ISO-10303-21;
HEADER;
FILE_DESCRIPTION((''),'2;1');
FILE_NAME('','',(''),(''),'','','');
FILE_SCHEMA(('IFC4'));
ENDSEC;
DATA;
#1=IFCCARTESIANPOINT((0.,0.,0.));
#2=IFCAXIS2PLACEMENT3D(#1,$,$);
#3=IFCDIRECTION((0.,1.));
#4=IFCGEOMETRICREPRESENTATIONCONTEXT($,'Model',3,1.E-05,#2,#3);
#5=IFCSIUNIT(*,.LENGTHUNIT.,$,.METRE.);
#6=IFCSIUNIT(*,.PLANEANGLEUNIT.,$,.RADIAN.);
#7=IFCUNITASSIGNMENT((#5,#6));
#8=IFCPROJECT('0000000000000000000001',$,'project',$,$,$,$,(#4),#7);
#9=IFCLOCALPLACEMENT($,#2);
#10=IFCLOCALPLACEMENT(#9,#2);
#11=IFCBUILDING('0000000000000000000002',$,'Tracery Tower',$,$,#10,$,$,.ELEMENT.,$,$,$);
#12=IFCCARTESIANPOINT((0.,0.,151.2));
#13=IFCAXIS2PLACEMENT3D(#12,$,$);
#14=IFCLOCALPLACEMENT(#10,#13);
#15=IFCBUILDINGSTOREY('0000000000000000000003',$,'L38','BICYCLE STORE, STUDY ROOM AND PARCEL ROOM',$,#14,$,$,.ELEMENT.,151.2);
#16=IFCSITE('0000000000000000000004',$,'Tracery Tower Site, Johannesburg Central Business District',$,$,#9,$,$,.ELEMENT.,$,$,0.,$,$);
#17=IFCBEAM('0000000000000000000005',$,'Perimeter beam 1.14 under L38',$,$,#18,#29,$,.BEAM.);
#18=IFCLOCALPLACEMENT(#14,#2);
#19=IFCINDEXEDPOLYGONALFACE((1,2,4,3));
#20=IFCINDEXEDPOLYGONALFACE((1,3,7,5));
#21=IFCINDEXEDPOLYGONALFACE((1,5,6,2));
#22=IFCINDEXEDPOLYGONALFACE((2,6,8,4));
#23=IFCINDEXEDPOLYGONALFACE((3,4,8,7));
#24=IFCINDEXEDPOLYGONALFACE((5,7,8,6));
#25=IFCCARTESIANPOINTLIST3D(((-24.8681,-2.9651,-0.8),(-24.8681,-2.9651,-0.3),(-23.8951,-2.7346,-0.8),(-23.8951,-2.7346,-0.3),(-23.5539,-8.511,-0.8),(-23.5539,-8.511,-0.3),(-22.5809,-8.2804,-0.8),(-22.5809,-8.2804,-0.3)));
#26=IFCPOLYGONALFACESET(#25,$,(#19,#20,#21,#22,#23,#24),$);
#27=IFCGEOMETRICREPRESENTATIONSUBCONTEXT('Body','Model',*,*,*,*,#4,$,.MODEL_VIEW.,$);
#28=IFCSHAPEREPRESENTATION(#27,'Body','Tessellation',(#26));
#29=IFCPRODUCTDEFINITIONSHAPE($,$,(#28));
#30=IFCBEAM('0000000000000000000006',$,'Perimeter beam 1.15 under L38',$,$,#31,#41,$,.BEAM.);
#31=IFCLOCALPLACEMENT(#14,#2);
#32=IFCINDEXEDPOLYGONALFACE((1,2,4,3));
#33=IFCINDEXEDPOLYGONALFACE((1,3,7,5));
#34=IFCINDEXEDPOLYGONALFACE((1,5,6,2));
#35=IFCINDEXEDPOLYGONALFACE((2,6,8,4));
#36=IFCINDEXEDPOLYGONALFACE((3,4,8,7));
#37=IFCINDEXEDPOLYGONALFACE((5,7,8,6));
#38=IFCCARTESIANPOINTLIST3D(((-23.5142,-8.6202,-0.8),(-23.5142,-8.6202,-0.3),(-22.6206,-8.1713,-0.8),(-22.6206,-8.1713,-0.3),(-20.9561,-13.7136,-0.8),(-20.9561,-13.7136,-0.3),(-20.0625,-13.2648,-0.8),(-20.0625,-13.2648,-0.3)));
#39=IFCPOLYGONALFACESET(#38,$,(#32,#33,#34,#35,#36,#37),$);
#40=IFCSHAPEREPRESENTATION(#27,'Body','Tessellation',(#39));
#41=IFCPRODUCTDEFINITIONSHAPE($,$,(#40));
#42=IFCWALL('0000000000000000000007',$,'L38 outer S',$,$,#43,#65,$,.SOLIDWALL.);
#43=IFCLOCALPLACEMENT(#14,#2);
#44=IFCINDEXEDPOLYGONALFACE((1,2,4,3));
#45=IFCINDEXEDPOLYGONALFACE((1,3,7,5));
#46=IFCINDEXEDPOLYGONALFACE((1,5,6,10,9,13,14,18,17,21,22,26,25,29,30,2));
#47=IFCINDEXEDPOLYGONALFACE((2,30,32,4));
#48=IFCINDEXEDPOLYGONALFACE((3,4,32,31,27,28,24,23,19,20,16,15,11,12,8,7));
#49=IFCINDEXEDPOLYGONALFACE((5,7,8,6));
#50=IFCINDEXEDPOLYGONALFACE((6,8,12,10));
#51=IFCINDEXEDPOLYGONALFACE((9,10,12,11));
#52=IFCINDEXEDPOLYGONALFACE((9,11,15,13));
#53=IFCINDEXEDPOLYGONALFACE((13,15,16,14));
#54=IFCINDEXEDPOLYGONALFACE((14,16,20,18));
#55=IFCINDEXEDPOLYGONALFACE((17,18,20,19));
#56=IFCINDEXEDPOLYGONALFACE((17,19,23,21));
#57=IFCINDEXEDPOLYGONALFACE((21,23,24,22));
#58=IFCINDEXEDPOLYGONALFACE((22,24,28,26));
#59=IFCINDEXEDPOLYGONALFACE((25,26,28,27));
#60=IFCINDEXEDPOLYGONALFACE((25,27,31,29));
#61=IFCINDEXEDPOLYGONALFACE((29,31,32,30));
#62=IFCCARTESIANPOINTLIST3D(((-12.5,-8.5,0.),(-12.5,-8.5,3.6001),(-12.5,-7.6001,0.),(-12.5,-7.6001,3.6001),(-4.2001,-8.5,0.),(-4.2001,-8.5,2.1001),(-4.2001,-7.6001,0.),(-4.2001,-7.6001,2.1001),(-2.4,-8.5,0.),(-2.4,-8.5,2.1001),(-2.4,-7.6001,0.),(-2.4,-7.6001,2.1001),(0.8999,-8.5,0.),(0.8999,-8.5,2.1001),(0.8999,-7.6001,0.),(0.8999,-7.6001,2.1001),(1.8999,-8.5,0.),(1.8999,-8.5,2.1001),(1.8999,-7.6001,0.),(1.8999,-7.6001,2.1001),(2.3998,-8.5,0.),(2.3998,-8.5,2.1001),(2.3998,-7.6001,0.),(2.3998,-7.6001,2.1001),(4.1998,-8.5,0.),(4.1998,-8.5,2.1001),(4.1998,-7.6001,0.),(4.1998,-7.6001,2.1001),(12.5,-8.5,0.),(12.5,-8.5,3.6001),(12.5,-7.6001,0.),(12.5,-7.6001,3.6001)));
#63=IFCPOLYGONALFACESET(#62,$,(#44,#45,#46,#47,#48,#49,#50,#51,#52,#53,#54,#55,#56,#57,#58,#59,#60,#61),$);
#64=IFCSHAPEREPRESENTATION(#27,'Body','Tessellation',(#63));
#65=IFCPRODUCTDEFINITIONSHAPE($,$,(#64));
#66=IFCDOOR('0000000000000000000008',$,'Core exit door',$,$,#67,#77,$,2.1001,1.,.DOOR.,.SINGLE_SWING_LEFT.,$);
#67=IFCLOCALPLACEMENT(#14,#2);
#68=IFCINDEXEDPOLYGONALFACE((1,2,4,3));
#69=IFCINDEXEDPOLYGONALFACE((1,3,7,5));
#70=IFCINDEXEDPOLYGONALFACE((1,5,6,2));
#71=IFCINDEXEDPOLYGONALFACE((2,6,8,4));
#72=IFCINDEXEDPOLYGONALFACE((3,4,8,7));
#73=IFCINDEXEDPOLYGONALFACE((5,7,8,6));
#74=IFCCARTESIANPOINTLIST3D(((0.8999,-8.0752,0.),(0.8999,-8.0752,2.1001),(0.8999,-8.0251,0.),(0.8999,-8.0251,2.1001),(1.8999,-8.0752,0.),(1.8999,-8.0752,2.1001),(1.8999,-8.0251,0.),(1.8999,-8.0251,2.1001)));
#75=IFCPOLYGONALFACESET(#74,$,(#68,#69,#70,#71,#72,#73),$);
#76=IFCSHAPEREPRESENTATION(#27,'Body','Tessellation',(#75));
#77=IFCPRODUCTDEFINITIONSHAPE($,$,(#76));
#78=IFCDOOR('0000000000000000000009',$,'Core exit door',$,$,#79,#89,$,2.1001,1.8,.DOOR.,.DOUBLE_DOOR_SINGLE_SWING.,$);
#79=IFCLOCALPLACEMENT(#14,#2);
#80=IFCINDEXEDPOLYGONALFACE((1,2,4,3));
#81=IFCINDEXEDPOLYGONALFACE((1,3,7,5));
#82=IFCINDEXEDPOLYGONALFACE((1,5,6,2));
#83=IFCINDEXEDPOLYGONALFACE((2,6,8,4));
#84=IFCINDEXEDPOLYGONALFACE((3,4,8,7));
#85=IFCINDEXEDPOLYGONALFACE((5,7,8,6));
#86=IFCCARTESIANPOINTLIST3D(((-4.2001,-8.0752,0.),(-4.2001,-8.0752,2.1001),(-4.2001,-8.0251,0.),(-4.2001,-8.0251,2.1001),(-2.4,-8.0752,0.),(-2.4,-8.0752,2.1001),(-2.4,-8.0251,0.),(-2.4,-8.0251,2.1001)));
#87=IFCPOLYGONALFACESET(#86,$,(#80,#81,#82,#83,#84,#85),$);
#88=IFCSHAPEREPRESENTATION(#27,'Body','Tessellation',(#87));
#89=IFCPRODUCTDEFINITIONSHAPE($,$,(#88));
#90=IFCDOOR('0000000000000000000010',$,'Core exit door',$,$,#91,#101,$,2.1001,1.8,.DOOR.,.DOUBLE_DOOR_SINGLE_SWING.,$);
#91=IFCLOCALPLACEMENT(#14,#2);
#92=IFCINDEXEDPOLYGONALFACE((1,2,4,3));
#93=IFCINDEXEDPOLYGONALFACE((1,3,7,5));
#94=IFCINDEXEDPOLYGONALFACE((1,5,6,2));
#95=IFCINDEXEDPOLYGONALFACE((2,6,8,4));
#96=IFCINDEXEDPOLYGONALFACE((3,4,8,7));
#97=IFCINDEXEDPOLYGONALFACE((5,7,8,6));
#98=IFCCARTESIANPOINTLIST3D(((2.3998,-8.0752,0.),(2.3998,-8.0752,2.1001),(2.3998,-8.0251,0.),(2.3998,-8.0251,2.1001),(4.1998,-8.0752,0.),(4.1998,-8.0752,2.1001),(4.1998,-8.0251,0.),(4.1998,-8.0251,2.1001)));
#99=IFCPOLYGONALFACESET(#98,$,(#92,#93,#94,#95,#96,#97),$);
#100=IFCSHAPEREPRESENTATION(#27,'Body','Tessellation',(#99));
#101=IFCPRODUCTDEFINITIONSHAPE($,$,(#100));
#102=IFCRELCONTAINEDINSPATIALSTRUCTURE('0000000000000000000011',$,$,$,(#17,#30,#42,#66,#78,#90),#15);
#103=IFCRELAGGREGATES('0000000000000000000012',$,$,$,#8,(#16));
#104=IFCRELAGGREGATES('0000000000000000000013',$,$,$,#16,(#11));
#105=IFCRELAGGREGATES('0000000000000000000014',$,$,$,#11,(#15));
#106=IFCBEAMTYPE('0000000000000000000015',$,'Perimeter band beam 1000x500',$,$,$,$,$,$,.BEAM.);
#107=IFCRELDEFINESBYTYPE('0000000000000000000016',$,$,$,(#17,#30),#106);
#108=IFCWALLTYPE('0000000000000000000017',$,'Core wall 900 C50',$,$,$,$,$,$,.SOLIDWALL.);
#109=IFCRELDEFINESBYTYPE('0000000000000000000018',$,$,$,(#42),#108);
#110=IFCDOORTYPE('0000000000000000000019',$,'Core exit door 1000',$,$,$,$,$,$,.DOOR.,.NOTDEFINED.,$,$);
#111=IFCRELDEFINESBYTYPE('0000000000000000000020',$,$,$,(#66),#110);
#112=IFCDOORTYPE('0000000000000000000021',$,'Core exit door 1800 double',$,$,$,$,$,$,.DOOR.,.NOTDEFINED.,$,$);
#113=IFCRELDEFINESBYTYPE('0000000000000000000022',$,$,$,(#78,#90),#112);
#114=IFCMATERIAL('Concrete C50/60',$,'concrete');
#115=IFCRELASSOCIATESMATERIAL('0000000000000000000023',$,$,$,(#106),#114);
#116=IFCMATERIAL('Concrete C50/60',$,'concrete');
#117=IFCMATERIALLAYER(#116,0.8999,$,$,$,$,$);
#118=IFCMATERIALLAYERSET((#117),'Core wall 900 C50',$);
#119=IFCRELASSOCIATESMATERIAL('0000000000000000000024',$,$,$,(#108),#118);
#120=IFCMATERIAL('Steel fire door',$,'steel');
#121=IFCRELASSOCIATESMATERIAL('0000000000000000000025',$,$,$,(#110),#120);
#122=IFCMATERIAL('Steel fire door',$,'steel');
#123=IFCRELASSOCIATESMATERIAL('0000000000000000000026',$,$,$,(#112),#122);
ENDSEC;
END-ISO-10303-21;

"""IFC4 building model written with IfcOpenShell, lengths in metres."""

from ifc_helpers import new_model, si_unit, direction, frame, frame_2d, origin, origin_2d, place, context, subcontext, project, spatial, rectangle, extrude, material, layer, layer_set, material_profile, profile_set, type_object, element, fill, save


model = new_model("IFC4")

# Units and contexts
model_context = context("Model", 3, precision=1e-05, world=origin(), true_north=direction((0.0, 1.0)))
body_context = subcontext(model_context, "Body", "Model", "MODEL_VIEW")
ifc_project = project(units=[si_unit("LENGTHUNIT", "METRE"), si_unit("PLANEANGLEUNIT", "RADIAN")], contexts=[model_context])

# Site, building, storey
site_placement = place(None, origin())
site = spatial("IfcSite", under=ifc_project, at=site_placement, Name="Tracery Tower Site, Johannesburg Central Business District", CompositionType="ELEMENT", RefElevation=0.0)
building_placement = place(site_placement, origin())
building = spatial("IfcBuilding", under=site, at=building_placement, Name="Tracery Tower", CompositionType="ELEMENT")
storey_placement = place(building_placement, frame((0.0, 0.0, 151.2)))
storey = spatial("IfcBuildingStorey", under=building, at=storey_placement, Name="L38", Description="BICYCLE STORE, STUDY ROOM AND PARCEL ROOM", CompositionType="ELEMENT", Elevation=151.2)

# Beams
ifc_material_1 = material(Name="Concrete C50/60", Category="concrete")
ifc_material_profile_1 = material_profile(ifc_material_1, rectangle(XDim=1.0, YDim=0.5, at=origin_2d()), Name="RC 1000x500")
ifc_profile_set_1 = profile_set([ifc_material_profile_1], Name="Concrete C50/60")
beam_type = type_object("IfcBeamType", Name="Perimeter band beam 1000x500", PredefinedType="BEAM", material=ifc_profile_set_1)
beam_1_placement = place(storey_placement, frame((-24.3816, -2.8499, -0.55), z_axis=(0.230584, -0.973052, 0.0), x_axis=(0.973052, 0.230584, 0.0)))
element("IfcBeam", 1, at=beam_1_placement, inside=storey, type_object=beam_type, Name="Perimeter beam 1.14 under L38", PredefinedType="BEAM", context=body_context, shape_type="SweptSolid", body=[
    extrude(rectangle(XDim=1.0, YDim=0.5, at=origin_2d()), origin(), (0.0, 0.0, 1.0), 5.6995),
])
beam_2_placement = place(storey_placement, frame((-23.0674, -8.3958, -0.55), z_axis=(0.448806, -0.893629, 0.0), x_axis=(0.893629, 0.448806, 0.0)))
element("IfcBeam", 2, at=beam_2_placement, inside=storey, type_object=beam_type, Name="Perimeter beam 1.15 under L38", PredefinedType="BEAM", context=body_context, shape_type="SweptSolid", body=[
    extrude(rectangle(XDim=1.0, YDim=0.5, at=origin_2d()), origin(), (0.0, 0.0, 1.0), 5.6997),
])

# Wall, openings, doors
ifc_material_2 = material(Name="Concrete C50/60", Category="concrete")
ifc_layer_1 = layer(ifc_material_2, 0.8999)
ifc_layer_set_1 = layer_set([ifc_layer_1], Name="Core wall 900 C50")
wall_type_1 = type_object("IfcWallType", Name="Core wall 900 C50", PredefinedType="SOLIDWALL", material=ifc_layer_set_1)
wall_1_placement = place(storey_placement, frame((-12.5, -8.05, 0.0), z_axis=(0.0, 0.0, 1.0), x_axis=(1.0, 0.0, 0.0)))
wall_1 = element("IfcWall", 3, at=wall_1_placement, inside=storey, type_object=wall_type_1, Name="L38 outer S", PredefinedType="SOLIDWALL", context=body_context, shape_type="SweptSolid", body=[
    extrude(rectangle(XDim=25.0, YDim=0.8999, at=frame_2d((12.5, 0.0))), origin(), (0.0, 0.0, 1.0), 3.6001),
])
opening_1_placement = place(wall_1_placement, frame((13.3999, 0.0, 0.0)))
opening_1 = element("IfcOpeningElement", 4, at=opening_1_placement, cuts=wall_1, PredefinedType="OPENING", context=body_context, shape_type="SweptSolid", body=[
    extrude(rectangle(XDim=1.0, YDim=2.1001, at=frame_2d((0.5, 1.05))), frame((0.0, 0.45, 0.0), z_axis=(0.0, -1.0, 0.0), x_axis=(1.0, 0.0, 0.0)), (0.0, 0.0, 1.0), 0.8999),
])
opening_2_placement = place(wall_1_placement, frame((8.3, 0.0, 0.0)))
opening_2 = element("IfcOpeningElement", 5, at=opening_2_placement, cuts=wall_1, PredefinedType="OPENING", context=body_context, shape_type="SweptSolid", body=[
    extrude(rectangle(XDim=1.8, YDim=2.1001, at=frame_2d((0.8999, 1.05))), frame((0.0, 0.45, 0.0), z_axis=(0.0, -1.0, 0.0), x_axis=(1.0, 0.0, 0.0)), (0.0, 0.0, 1.0), 0.8999),
])
opening_3_placement = place(wall_1_placement, frame((14.8999, 0.0, 0.0)))
opening_3 = element("IfcOpeningElement", 6, at=opening_3_placement, cuts=wall_1, PredefinedType="OPENING", context=body_context, shape_type="SweptSolid", body=[
    extrude(rectangle(XDim=1.8, YDim=2.1001, at=frame_2d((0.8999, 1.05))), frame((0.0, 0.45, 0.0), z_axis=(0.0, -1.0, 0.0), x_axis=(1.0, 0.0, 0.0)), (0.0, 0.0, 1.0), 0.8999),
])
ifc_material_3 = material(Name="Steel fire door", Category="steel")
door_type_1 = type_object("IfcDoorType", Name="Core exit door 1000", OperationType="NOTDEFINED", PredefinedType="DOOR", material=ifc_material_3)
door_1_placement = place(opening_1_placement, origin())
door_1 = element("IfcDoor", 7, at=door_1_placement, inside=storey, type_object=door_type_1, Name="Core exit door", OperationType="SINGLE_SWING_LEFT", OverallHeight=2.1001, OverallWidth=1.0, PredefinedType="DOOR", context=body_context, shape_type="SweptSolid", body=[
    extrude(rectangle(XDim=1.0, YDim=2.1001, at=frame_2d((0.5, 1.05))), frame((0.0, 0.0249, 0.0), z_axis=(0.0, -1.0, 0.0), x_axis=(1.0, 0.0, 0.0)), (0.0, 0.0, 1.0), 0.05),
])
fill(opening_1, door_1)
ifc_material_4 = material(Name="Steel fire door", Category="steel")
door_type_2 = type_object("IfcDoorType", Name="Core exit door 1800 double", OperationType="NOTDEFINED", PredefinedType="DOOR", material=ifc_material_4)
door_2_placement = place(opening_2_placement, origin())
door_2 = element("IfcDoor", 8, at=door_2_placement, inside=storey, type_object=door_type_2, Name="Core exit door", OperationType="DOUBLE_DOOR_SINGLE_SWING", OverallHeight=2.1001, OverallWidth=1.8, PredefinedType="DOOR", context=body_context, shape_type="SweptSolid", body=[
    extrude(rectangle(XDim=1.8, YDim=2.1001, at=frame_2d((0.8999, 1.05))), frame((0.0, 0.0249, 0.0), z_axis=(0.0, -1.0, 0.0), x_axis=(1.0, 0.0, 0.0)), (0.0, 0.0, 1.0), 0.05),
])
fill(opening_2, door_2)
door_3_placement = place(opening_3_placement, origin())
door_3 = element("IfcDoor", 9, at=door_3_placement, inside=storey, type_object=door_type_2, Name="Core exit door", OperationType="DOUBLE_DOOR_SINGLE_SWING", OverallHeight=2.1001, OverallWidth=1.8, PredefinedType="DOOR", context=body_context, shape_type="SweptSolid", body=[
    extrude(rectangle(XDim=1.8, YDim=2.1001, at=frame_2d((0.8999, 1.05))), frame((0.0, 0.0249, 0.0), z_axis=(0.0, -1.0, 0.0), x_axis=(1.0, 0.0, 0.0)), (0.0, 0.0, 1.0), 0.05),
])
fill(opening_3, door_3)

save(model, "model.ifc")
